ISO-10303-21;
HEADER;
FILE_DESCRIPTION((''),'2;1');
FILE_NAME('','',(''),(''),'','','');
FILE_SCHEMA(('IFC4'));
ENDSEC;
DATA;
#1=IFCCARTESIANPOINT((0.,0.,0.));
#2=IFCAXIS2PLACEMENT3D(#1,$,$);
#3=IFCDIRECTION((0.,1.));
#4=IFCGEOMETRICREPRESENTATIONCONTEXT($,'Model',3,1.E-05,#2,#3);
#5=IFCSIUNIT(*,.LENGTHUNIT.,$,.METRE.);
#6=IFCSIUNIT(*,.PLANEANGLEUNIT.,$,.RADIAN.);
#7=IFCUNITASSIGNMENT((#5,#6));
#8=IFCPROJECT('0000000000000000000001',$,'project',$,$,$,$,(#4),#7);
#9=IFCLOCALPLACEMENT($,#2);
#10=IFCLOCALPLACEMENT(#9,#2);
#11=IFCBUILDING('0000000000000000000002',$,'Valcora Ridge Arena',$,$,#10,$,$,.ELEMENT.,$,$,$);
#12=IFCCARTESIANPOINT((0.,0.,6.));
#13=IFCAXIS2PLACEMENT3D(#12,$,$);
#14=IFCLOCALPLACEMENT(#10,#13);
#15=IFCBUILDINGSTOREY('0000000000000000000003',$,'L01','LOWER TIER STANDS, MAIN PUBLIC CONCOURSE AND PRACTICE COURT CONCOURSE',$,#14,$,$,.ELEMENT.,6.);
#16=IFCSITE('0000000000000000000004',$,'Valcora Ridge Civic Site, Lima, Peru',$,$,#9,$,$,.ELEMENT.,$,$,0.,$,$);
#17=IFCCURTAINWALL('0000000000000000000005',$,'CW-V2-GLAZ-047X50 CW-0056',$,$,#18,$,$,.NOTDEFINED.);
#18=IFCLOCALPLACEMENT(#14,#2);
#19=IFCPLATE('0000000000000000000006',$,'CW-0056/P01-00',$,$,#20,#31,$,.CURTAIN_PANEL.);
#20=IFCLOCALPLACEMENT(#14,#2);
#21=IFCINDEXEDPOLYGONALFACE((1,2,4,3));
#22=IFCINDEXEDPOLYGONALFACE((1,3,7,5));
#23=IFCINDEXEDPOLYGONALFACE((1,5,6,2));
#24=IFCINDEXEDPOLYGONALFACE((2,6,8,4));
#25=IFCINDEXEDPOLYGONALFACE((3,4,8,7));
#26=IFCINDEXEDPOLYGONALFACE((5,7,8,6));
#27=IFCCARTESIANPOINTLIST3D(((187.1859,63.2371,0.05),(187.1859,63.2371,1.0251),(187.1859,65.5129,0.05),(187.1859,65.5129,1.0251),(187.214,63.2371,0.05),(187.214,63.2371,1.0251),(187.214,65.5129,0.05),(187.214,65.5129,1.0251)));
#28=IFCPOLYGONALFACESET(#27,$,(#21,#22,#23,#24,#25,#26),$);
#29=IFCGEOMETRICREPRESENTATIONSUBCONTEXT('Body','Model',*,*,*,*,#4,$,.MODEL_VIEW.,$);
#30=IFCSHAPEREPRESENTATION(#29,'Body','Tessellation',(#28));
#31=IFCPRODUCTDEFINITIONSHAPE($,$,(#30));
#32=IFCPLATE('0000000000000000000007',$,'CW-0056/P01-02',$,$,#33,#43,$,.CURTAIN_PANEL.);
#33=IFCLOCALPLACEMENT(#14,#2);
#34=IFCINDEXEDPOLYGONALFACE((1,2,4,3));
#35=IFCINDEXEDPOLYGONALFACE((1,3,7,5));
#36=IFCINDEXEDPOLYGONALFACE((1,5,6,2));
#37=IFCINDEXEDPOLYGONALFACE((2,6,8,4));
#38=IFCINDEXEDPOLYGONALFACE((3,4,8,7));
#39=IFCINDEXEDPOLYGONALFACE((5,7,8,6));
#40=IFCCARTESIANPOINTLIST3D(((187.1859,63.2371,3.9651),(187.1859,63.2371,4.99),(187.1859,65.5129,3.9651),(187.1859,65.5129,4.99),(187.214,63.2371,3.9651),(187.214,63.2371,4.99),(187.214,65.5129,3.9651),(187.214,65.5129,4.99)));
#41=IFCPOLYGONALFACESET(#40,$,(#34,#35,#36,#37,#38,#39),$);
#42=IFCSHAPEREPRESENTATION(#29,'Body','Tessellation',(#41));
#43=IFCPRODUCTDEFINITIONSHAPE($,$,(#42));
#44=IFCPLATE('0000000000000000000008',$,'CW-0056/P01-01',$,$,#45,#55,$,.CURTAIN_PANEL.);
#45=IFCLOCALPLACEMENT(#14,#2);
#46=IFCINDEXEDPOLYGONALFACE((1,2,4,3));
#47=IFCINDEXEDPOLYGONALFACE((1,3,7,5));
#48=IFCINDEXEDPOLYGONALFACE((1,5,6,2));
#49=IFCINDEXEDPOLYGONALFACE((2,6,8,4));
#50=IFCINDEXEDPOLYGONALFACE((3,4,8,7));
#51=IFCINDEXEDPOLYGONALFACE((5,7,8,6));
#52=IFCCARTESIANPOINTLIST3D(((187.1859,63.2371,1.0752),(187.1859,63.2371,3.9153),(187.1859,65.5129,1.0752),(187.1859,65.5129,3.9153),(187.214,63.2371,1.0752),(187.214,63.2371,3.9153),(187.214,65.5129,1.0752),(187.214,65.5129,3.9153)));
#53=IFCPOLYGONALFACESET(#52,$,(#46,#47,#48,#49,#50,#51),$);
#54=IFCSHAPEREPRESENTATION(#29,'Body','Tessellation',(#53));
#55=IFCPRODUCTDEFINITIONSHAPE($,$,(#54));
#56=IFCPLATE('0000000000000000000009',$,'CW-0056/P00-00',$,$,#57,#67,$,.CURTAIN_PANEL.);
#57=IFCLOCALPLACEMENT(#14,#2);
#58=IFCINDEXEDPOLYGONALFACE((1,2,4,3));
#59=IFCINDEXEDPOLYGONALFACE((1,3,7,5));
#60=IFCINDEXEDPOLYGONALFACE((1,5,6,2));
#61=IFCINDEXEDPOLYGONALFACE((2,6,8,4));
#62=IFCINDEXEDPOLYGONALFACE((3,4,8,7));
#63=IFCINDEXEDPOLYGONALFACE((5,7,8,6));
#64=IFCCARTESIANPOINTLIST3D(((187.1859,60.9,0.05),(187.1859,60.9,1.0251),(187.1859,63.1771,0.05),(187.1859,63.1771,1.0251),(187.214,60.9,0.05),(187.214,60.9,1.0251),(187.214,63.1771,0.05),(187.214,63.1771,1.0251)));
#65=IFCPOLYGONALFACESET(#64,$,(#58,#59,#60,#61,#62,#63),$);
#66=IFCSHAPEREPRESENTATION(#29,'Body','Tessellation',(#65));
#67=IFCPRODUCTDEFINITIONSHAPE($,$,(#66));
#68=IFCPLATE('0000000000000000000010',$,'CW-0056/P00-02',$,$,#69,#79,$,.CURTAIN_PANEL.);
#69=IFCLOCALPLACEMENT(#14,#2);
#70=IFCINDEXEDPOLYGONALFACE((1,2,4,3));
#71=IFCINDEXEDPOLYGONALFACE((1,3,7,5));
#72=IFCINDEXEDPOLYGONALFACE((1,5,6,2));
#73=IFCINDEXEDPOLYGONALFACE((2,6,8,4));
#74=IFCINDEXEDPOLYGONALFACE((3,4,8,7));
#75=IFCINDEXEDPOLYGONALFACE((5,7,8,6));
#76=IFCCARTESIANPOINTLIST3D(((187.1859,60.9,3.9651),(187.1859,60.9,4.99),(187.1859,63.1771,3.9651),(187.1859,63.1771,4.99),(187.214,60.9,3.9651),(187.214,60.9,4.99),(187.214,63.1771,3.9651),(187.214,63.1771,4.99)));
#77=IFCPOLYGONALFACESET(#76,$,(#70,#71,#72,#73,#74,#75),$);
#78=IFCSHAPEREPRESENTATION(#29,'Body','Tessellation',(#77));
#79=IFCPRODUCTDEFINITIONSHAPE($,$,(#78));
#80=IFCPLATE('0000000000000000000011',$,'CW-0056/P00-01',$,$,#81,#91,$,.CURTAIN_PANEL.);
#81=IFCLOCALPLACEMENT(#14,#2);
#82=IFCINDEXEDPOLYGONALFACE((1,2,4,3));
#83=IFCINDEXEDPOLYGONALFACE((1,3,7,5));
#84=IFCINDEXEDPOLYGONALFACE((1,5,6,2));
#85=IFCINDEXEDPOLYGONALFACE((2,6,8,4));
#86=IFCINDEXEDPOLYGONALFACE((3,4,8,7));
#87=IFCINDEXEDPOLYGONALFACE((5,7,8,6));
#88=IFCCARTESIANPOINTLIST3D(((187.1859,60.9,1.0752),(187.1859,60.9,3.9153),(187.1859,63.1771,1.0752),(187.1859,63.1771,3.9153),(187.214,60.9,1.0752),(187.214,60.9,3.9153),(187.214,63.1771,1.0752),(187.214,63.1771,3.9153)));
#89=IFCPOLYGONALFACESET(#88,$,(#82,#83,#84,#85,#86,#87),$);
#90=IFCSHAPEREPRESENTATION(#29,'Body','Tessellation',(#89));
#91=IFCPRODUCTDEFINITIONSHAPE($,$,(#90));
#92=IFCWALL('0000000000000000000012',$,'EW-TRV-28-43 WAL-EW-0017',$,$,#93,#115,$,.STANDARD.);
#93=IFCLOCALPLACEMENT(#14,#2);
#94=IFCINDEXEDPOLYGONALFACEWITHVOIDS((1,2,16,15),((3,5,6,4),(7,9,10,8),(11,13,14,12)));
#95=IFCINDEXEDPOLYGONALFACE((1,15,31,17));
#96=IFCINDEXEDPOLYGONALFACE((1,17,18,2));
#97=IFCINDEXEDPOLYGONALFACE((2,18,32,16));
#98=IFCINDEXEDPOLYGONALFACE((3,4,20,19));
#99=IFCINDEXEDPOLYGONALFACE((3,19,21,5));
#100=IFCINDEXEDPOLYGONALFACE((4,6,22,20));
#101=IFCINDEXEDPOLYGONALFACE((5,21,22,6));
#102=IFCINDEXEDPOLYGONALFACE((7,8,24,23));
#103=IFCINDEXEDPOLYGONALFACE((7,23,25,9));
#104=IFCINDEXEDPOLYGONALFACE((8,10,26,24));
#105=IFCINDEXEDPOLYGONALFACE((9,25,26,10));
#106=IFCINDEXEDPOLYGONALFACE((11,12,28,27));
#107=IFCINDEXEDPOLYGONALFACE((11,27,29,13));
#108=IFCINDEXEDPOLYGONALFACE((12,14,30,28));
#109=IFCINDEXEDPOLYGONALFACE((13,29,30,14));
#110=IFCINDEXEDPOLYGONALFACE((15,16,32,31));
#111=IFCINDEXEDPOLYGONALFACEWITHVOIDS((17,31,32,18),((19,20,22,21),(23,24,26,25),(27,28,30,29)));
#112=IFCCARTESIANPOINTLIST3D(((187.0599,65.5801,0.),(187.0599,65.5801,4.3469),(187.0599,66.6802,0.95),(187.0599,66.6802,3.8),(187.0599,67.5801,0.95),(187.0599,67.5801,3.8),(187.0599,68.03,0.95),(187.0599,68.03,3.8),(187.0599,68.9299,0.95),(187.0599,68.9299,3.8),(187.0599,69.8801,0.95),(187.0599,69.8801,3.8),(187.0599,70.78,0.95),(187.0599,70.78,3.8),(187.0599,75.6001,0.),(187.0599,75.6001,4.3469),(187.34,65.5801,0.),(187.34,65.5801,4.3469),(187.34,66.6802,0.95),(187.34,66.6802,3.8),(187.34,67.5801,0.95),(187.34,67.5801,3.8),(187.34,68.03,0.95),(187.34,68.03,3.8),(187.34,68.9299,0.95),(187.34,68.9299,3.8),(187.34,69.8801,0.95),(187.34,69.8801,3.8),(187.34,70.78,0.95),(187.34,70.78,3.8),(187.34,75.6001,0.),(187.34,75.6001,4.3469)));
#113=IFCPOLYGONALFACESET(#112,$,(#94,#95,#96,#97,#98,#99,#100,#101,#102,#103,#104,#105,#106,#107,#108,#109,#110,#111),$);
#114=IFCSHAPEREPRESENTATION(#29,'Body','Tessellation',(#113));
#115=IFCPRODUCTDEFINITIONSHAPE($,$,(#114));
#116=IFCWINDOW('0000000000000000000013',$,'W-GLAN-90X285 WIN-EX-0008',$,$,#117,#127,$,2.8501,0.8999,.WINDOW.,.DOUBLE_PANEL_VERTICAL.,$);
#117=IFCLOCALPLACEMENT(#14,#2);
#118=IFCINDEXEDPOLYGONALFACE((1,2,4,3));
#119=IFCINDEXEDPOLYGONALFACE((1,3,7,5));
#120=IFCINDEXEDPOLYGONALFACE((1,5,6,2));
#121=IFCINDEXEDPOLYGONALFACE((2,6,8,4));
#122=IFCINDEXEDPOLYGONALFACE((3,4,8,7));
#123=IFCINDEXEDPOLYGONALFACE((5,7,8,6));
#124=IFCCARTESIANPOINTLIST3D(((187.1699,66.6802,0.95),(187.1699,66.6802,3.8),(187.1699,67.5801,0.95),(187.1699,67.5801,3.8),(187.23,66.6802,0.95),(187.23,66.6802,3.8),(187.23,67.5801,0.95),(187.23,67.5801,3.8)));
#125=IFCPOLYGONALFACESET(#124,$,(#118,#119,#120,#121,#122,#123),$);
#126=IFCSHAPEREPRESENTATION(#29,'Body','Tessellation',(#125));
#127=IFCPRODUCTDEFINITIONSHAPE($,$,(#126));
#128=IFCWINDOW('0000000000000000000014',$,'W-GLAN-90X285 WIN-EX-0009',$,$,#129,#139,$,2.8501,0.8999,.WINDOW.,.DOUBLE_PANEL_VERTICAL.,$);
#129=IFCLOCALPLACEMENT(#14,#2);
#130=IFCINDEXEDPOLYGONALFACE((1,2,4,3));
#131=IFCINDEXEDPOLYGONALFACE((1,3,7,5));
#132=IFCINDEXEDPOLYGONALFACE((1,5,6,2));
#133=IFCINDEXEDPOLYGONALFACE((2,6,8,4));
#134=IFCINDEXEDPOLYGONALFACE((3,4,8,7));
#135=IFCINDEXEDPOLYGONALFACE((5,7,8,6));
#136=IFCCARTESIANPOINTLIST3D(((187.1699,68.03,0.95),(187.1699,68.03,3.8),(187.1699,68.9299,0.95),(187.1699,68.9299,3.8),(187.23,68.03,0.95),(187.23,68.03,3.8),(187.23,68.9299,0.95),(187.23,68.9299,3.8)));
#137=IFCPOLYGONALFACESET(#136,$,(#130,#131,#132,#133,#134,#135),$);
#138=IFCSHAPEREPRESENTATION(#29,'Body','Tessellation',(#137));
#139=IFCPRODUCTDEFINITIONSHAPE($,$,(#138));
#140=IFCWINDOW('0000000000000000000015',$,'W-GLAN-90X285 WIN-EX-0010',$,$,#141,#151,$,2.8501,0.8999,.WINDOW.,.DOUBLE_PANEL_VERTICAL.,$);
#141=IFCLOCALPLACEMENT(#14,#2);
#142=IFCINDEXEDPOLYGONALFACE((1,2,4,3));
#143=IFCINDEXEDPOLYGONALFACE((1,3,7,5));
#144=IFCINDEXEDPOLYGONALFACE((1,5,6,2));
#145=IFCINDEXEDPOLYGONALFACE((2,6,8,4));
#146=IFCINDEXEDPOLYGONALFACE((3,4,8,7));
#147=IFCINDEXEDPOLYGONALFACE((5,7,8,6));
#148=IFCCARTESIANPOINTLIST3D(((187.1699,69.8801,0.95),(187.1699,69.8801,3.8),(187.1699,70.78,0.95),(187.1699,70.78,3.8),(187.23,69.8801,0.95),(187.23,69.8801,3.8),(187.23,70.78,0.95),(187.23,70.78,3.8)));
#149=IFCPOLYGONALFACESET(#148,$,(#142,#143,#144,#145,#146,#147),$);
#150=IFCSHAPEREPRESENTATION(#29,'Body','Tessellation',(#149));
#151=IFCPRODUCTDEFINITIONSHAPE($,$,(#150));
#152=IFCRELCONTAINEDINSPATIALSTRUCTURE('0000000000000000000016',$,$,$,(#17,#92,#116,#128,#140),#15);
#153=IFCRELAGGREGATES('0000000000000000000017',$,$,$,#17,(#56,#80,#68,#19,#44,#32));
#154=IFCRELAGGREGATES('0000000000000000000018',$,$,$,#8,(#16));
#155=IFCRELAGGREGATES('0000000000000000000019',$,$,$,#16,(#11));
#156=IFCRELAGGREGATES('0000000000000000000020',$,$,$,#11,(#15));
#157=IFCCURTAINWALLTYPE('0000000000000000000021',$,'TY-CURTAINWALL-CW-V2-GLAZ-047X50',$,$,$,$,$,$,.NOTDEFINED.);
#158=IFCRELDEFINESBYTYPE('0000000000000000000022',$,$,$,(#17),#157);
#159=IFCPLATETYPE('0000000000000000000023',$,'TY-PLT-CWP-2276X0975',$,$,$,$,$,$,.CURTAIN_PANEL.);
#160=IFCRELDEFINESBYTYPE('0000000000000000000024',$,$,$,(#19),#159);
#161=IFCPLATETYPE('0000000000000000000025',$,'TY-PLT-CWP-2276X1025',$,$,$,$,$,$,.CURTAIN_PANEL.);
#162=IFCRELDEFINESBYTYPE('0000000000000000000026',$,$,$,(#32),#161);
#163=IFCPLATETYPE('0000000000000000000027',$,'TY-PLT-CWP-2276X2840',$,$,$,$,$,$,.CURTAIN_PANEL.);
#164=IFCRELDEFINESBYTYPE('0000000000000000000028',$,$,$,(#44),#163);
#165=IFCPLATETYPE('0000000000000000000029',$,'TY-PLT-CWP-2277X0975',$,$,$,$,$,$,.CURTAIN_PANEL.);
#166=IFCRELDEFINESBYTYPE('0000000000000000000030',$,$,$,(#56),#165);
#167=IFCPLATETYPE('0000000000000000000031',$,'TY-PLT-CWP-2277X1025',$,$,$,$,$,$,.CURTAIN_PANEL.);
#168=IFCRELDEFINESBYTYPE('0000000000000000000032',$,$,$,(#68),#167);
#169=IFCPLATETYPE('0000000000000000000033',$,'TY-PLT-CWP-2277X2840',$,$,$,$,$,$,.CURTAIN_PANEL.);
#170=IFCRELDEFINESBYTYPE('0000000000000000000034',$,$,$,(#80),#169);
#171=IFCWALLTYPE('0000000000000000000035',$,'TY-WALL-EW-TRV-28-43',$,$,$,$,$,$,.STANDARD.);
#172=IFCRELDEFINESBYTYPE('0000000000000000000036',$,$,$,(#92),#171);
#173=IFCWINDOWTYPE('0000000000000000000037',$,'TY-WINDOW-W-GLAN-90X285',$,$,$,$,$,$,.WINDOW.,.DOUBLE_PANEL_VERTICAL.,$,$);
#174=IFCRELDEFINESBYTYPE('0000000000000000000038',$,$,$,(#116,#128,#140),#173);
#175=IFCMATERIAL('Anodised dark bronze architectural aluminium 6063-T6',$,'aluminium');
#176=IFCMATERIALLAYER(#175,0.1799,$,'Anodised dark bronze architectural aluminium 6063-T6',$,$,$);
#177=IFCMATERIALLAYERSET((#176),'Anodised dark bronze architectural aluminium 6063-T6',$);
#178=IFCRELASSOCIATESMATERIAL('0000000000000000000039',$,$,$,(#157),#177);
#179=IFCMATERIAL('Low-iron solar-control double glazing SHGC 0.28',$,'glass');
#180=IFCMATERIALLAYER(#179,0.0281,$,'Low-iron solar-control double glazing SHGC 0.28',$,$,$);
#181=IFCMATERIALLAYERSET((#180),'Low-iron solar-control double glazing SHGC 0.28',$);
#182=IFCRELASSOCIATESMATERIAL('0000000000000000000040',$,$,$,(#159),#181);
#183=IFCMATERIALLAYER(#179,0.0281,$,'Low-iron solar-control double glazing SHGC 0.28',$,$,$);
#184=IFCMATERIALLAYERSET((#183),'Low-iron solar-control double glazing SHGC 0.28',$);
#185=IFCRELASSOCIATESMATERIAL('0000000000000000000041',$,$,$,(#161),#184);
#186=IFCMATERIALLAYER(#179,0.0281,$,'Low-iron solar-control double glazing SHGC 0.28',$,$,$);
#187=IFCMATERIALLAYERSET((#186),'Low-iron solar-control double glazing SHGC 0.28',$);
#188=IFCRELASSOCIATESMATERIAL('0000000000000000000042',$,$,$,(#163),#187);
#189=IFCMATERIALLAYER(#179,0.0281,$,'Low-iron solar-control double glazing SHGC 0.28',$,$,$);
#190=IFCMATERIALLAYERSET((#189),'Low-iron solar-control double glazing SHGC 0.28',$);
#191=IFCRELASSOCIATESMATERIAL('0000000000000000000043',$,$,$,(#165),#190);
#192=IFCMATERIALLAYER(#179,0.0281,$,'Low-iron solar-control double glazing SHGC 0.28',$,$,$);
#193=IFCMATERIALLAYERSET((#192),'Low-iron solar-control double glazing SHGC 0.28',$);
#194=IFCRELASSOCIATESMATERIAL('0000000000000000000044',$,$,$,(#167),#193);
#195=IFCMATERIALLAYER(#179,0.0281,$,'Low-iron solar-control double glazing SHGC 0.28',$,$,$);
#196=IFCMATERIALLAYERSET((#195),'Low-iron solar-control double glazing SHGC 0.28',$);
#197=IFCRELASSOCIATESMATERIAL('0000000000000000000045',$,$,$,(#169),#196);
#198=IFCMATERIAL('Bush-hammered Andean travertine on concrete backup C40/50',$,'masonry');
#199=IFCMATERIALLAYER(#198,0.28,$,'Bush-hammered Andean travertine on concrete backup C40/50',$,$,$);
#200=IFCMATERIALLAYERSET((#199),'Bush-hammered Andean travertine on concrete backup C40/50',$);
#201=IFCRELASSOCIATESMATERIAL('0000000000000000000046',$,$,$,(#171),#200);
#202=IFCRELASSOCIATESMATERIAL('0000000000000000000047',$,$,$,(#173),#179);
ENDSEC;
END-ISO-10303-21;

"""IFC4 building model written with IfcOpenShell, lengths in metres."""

from ifc_helpers import new_model, si_unit, direction, frame, frame_2d, origin, origin_2d, place, context, subcontext, project, spatial, rectangle, extrude, material, layer, layer_set, type_object, element, fill, aggregate, save


model = new_model("IFC4")

# Units and contexts
model_context = context("Model", 3, precision=1e-05, world=origin(), true_north=direction((0.0, 1.0)))
body_context = subcontext(model_context, "Body", "Model", "MODEL_VIEW")
ifc_project = project(units=[si_unit("LENGTHUNIT", "METRE"), si_unit("PLANEANGLEUNIT", "RADIAN")], contexts=[model_context])

# Site, building, storey
site_placement = place(None, origin())
site = spatial("IfcSite", under=ifc_project, at=site_placement, Name="Valcora Ridge Civic Site, Lima, Peru", CompositionType="ELEMENT", RefElevation=0.0)
building_placement = place(site_placement, origin())
building = spatial("IfcBuilding", under=site, at=building_placement, Name="Valcora Ridge Arena", CompositionType="ELEMENT")
storey_placement = place(building_placement, frame((0.0, 0.0, 6.0)))
storey = spatial("IfcBuildingStorey", under=building, at=storey_placement, Name="L01", Description="LOWER TIER STANDS, MAIN PUBLIC CONCOURSE AND PRACTICE COURT CONCOURSE", CompositionType="ELEMENT", Elevation=6.0)

# Shared definitions
ifc_material_1 = material(Name="Anodised dark bronze architectural aluminium 6063-T6", Category="aluminium")
ifc_layer_1 = layer(ifc_material_1, 0.1799, Name="Anodised dark bronze architectural aluminium 6063-T6")
ifc_layer_set_1 = layer_set([ifc_layer_1], Name="Anodised dark bronze architectural aluminium 6063-T6")
curtain_wall_type = type_object("IfcCurtainWallType", Name="TY-CURTAINWALL-CW-V2-GLAZ-047X50", PredefinedType="NOTDEFINED", material=ifc_layer_set_1)

# Curtain wall, plates
curtain_wall_1_placement = place(storey_placement, origin())
curtain_wall_1 = element("IfcCurtainWall", 1, at=curtain_wall_1_placement, inside=storey, type_object=curtain_wall_type, Name="CW-V2-GLAZ-047X50 CW-0056", PredefinedType="NOTDEFINED")
ifc_material_2 = material(Name="Low-iron solar-control double glazing SHGC 0.28", Category="glass")
ifc_layer_2 = layer(ifc_material_2, 0.0281, Name="Low-iron solar-control double glazing SHGC 0.28")
ifc_layer_set_2 = layer_set([ifc_layer_2], Name="Low-iron solar-control double glazing SHGC 0.28")
plate_type_1 = type_object("IfcPlateType", Name="TY-PLT-CWP-2276X0975", PredefinedType="CURTAIN_PANEL", material=ifc_layer_set_2)
plate_1_placement = place(storey_placement, frame((187.2, 64.375, 0.05), z_axis=(0.0, 0.0, 1.0), x_axis=(0.0, 1.0, 0.0)))
plate_1 = element("IfcPlate", 2, at=plate_1_placement, type_object=plate_type_1, Name="CW-0056/P01-00", PredefinedType="CURTAIN_PANEL", context=body_context, shape_type="SweptSolid", body=[
    extrude(rectangle(XDim=2.2759, YDim=0.0281, at=origin_2d()), origin(), (0.0, 0.0, 1.0), 0.9751),
])
ifc_layer_3 = layer(ifc_material_2, 0.0281, Name="Low-iron solar-control double glazing SHGC 0.28")
ifc_layer_set_3 = layer_set([ifc_layer_3], Name="Low-iron solar-control double glazing SHGC 0.28")
plate_type_2 = type_object("IfcPlateType", Name="TY-PLT-CWP-2276X1025", PredefinedType="CURTAIN_PANEL", material=ifc_layer_set_3)
plate_2_placement = place(storey_placement, frame((187.2, 64.375, 3.9651), z_axis=(0.0, 0.0, 1.0), x_axis=(0.0, 1.0, 0.0)))
plate_2 = element("IfcPlate", 3, at=plate_2_placement, type_object=plate_type_2, Name="CW-0056/P01-02", PredefinedType="CURTAIN_PANEL", context=body_context, shape_type="SweptSolid", body=[
    extrude(rectangle(XDim=2.2759, YDim=0.0281, at=origin_2d()), origin(), (0.0, 0.0, 1.0), 1.0249),
])
ifc_layer_4 = layer(ifc_material_2, 0.0281, Name="Low-iron solar-control double glazing SHGC 0.28")
ifc_layer_set_4 = layer_set([ifc_layer_4], Name="Low-iron solar-control double glazing SHGC 0.28")
plate_type_3 = type_object("IfcPlateType", Name="TY-PLT-CWP-2276X2840", PredefinedType="CURTAIN_PANEL", material=ifc_layer_set_4)
plate_3_placement = place(storey_placement, frame((187.2, 64.375, 1.0752), z_axis=(0.0, 0.0, 1.0), x_axis=(0.0, 1.0, 0.0)))
plate_3 = element("IfcPlate", 4, at=plate_3_placement, type_object=plate_type_3, Name="CW-0056/P01-01", PredefinedType="CURTAIN_PANEL", context=body_context, shape_type="SweptSolid", body=[
    extrude(rectangle(XDim=2.2759, YDim=0.0281, at=origin_2d()), origin(), (0.0, 0.0, 1.0), 2.8401),
])
ifc_layer_5 = layer(ifc_material_2, 0.0281, Name="Low-iron solar-control double glazing SHGC 0.28")
ifc_layer_set_5 = layer_set([ifc_layer_5], Name="Low-iron solar-control double glazing SHGC 0.28")
plate_type_4 = type_object("IfcPlateType", Name="TY-PLT-CWP-2277X0975", PredefinedType="CURTAIN_PANEL", material=ifc_layer_set_5)
plate_4_placement = place(storey_placement, frame((187.2, 62.0386, 0.05), z_axis=(0.0, 0.0, 1.0), x_axis=(0.0, 1.0, 0.0)))
plate_4 = element("IfcPlate", 5, at=plate_4_placement, type_object=plate_type_4, Name="CW-0056/P00-00", PredefinedType="CURTAIN_PANEL", context=body_context, shape_type="SweptSolid", body=[
    extrude(rectangle(XDim=2.2771, YDim=0.0281, at=origin_2d()), origin(), (0.0, 0.0, 1.0), 0.9751),
])
ifc_layer_6 = layer(ifc_material_2, 0.0281, Name="Low-iron solar-control double glazing SHGC 0.28")
ifc_layer_set_6 = layer_set([ifc_layer_6], Name="Low-iron solar-control double glazing SHGC 0.28")
plate_type_5 = type_object("IfcPlateType", Name="TY-PLT-CWP-2277X1025", PredefinedType="CURTAIN_PANEL", material=ifc_layer_set_6)
plate_5_placement = place(storey_placement, frame((187.2, 62.0386, 3.9651), z_axis=(0.0, 0.0, 1.0), x_axis=(0.0, 1.0, 0.0)))
plate_5 = element("IfcPlate", 6, at=plate_5_placement, type_object=plate_type_5, Name="CW-0056/P00-02", PredefinedType="CURTAIN_PANEL", context=body_context, shape_type="SweptSolid", body=[
    extrude(rectangle(XDim=2.2771, YDim=0.0281, at=origin_2d()), origin(), (0.0, 0.0, 1.0), 1.0249),
])
ifc_layer_7 = layer(ifc_material_2, 0.0281, Name="Low-iron solar-control double glazing SHGC 0.28")
ifc_layer_set_7 = layer_set([ifc_layer_7], Name="Low-iron solar-control double glazing SHGC 0.28")
plate_type_6 = type_object("IfcPlateType", Name="TY-PLT-CWP-2277X2840", PredefinedType="CURTAIN_PANEL", material=ifc_layer_set_7)
plate_6_placement = place(storey_placement, frame((187.2, 62.0386, 1.0752), z_axis=(0.0, 0.0, 1.0), x_axis=(0.0, 1.0, 0.0)))
plate_6 = element("IfcPlate", 7, at=plate_6_placement, type_object=plate_type_6, Name="CW-0056/P00-01", PredefinedType="CURTAIN_PANEL", context=body_context, shape_type="SweptSolid", body=[
    extrude(rectangle(XDim=2.2771, YDim=0.0281, at=origin_2d()), origin(), (0.0, 0.0, 1.0), 2.8401),
])
aggregate(curtain_wall_1, [plate_4, plate_6, plate_5, plate_1, plate_3, plate_2])

# Wall, openings, windows
ifc_material_3 = material(Name="Bush-hammered Andean travertine on concrete backup C40/50", Category="masonry")
ifc_layer_8 = layer(ifc_material_3, 0.28, Name="Bush-hammered Andean travertine on concrete backup C40/50")
ifc_layer_set_8 = layer_set([ifc_layer_8], Name="Bush-hammered Andean travertine on concrete backup C40/50")
wall_type = type_object("IfcWallType", Name="TY-WALL-EW-TRV-28-43", PredefinedType="STANDARD", material=ifc_layer_set_8)
wall_placement = place(storey_placement, frame((187.2, 65.5801, 0.0), z_axis=(0.0, 0.0, 1.0), x_axis=(0.0, 1.0, 0.0)))
wall = element("IfcWall", 8, at=wall_placement, inside=storey, type_object=wall_type, Name="EW-TRV-28-43 WAL-EW-0017", PredefinedType="STANDARD", context=body_context, shape_type="SweptSolid", body=[
    extrude(rectangle(XDim=10.02, YDim=0.28, at=frame_2d((5.01, 0.0))), origin(), (0.0, 0.0, 1.0), 4.3469),
])
opening_1_placement = place(wall_placement, frame((1.1001, 0.0, 0.95)))
opening_1 = element("IfcOpeningElement", 9, at=opening_1_placement, cuts=wall, PredefinedType="OPENING", context=body_context, shape_type="SweptSolid", body=[
    extrude(rectangle(XDim=0.8999, YDim=2.8501, at=frame_2d((0.45, 1.425))), frame((0.0, 0.1499, 0.0), z_axis=(0.0, -1.0, 0.0), x_axis=(1.0, 0.0, 0.0)), (0.0, 0.0, 1.0), 0.3),
])
opening_2_placement = place(wall_placement, frame((2.45, 0.0, 0.95)))
opening_2 = element("IfcOpeningElement", 10, at=opening_2_placement, cuts=wall, PredefinedType="OPENING", context=body_context, shape_type="SweptSolid", body=[
    extrude(rectangle(XDim=0.8999, YDim=2.8501, at=frame_2d((0.45, 1.425))), frame((0.0, 0.1499, 0.0), z_axis=(0.0, -1.0, 0.0), x_axis=(1.0, 0.0, 0.0)), (0.0, 0.0, 1.0), 0.3),
])
opening_3_placement = place(wall_placement, frame((4.3, 0.0, 0.95)))
opening_3 = element("IfcOpeningElement", 11, at=opening_3_placement, cuts=wall, PredefinedType="OPENING", context=body_context, shape_type="SweptSolid", body=[
    extrude(rectangle(XDim=0.8999, YDim=2.8501, at=frame_2d((0.45, 1.425))), frame((0.0, 0.1499, 0.0), z_axis=(0.0, -1.0, 0.0), x_axis=(1.0, 0.0, 0.0)), (0.0, 0.0, 1.0), 0.3),
])
window_type = type_object("IfcWindowType", Name="TY-WINDOW-W-GLAN-90X285", PartitioningType="DOUBLE_PANEL_VERTICAL", PredefinedType="WINDOW", material=ifc_material_2)
window_1_placement = place(opening_1_placement, origin())
window_1 = element("IfcWindow", 12, at=window_1_placement, inside=storey, type_object=window_type, Name="W-GLAN-90X285 WIN-EX-0008", OverallHeight=2.8501, OverallWidth=0.8999, PartitioningType="DOUBLE_PANEL_VERTICAL", PredefinedType="WINDOW", context=body_context, shape_type="SweptSolid", body=[
    extrude(rectangle(XDim=0.8999, YDim=2.8501, at=frame_2d((0.45, 1.425))), frame((0.0, 0.03, 0.0), z_axis=(0.0, -1.0, 0.0), x_axis=(1.0, 0.0, 0.0)), (0.0, 0.0, 1.0), 0.0601),
])
fill(opening_1, window_1)
window_2_placement = place(opening_2_placement, origin())
window_2 = element("IfcWindow", 13, at=window_2_placement, inside=storey, type_object=window_type, Name="W-GLAN-90X285 WIN-EX-0009", OverallHeight=2.8501, OverallWidth=0.8999, PartitioningType="DOUBLE_PANEL_VERTICAL", PredefinedType="WINDOW", context=body_context, shape_type="SweptSolid", body=[
    extrude(rectangle(XDim=0.8999, YDim=2.8501, at=frame_2d((0.45, 1.425))), frame((0.0, 0.03, 0.0), z_axis=(0.0, -1.0, 0.0), x_axis=(1.0, 0.0, 0.0)), (0.0, 0.0, 1.0), 0.0601),
])
fill(opening_2, window_2)
window_3_placement = place(opening_3_placement, origin())
window_3 = element("IfcWindow", 14, at=window_3_placement, inside=storey, type_object=window_type, Name="W-GLAN-90X285 WIN-EX-0010", OverallHeight=2.8501, OverallWidth=0.8999, PartitioningType="DOUBLE_PANEL_VERTICAL", PredefinedType="WINDOW", context=body_context, shape_type="SweptSolid", body=[
    extrude(rectangle(XDim=0.8999, YDim=2.8501, at=frame_2d((0.45, 1.425))), frame((0.0, 0.03, 0.0), z_axis=(0.0, -1.0, 0.0), x_axis=(1.0, 0.0, 0.0)), (0.0, 0.0, 1.0), 0.0601),
])
fill(opening_3, window_3)

save(model, "model.ifc")
